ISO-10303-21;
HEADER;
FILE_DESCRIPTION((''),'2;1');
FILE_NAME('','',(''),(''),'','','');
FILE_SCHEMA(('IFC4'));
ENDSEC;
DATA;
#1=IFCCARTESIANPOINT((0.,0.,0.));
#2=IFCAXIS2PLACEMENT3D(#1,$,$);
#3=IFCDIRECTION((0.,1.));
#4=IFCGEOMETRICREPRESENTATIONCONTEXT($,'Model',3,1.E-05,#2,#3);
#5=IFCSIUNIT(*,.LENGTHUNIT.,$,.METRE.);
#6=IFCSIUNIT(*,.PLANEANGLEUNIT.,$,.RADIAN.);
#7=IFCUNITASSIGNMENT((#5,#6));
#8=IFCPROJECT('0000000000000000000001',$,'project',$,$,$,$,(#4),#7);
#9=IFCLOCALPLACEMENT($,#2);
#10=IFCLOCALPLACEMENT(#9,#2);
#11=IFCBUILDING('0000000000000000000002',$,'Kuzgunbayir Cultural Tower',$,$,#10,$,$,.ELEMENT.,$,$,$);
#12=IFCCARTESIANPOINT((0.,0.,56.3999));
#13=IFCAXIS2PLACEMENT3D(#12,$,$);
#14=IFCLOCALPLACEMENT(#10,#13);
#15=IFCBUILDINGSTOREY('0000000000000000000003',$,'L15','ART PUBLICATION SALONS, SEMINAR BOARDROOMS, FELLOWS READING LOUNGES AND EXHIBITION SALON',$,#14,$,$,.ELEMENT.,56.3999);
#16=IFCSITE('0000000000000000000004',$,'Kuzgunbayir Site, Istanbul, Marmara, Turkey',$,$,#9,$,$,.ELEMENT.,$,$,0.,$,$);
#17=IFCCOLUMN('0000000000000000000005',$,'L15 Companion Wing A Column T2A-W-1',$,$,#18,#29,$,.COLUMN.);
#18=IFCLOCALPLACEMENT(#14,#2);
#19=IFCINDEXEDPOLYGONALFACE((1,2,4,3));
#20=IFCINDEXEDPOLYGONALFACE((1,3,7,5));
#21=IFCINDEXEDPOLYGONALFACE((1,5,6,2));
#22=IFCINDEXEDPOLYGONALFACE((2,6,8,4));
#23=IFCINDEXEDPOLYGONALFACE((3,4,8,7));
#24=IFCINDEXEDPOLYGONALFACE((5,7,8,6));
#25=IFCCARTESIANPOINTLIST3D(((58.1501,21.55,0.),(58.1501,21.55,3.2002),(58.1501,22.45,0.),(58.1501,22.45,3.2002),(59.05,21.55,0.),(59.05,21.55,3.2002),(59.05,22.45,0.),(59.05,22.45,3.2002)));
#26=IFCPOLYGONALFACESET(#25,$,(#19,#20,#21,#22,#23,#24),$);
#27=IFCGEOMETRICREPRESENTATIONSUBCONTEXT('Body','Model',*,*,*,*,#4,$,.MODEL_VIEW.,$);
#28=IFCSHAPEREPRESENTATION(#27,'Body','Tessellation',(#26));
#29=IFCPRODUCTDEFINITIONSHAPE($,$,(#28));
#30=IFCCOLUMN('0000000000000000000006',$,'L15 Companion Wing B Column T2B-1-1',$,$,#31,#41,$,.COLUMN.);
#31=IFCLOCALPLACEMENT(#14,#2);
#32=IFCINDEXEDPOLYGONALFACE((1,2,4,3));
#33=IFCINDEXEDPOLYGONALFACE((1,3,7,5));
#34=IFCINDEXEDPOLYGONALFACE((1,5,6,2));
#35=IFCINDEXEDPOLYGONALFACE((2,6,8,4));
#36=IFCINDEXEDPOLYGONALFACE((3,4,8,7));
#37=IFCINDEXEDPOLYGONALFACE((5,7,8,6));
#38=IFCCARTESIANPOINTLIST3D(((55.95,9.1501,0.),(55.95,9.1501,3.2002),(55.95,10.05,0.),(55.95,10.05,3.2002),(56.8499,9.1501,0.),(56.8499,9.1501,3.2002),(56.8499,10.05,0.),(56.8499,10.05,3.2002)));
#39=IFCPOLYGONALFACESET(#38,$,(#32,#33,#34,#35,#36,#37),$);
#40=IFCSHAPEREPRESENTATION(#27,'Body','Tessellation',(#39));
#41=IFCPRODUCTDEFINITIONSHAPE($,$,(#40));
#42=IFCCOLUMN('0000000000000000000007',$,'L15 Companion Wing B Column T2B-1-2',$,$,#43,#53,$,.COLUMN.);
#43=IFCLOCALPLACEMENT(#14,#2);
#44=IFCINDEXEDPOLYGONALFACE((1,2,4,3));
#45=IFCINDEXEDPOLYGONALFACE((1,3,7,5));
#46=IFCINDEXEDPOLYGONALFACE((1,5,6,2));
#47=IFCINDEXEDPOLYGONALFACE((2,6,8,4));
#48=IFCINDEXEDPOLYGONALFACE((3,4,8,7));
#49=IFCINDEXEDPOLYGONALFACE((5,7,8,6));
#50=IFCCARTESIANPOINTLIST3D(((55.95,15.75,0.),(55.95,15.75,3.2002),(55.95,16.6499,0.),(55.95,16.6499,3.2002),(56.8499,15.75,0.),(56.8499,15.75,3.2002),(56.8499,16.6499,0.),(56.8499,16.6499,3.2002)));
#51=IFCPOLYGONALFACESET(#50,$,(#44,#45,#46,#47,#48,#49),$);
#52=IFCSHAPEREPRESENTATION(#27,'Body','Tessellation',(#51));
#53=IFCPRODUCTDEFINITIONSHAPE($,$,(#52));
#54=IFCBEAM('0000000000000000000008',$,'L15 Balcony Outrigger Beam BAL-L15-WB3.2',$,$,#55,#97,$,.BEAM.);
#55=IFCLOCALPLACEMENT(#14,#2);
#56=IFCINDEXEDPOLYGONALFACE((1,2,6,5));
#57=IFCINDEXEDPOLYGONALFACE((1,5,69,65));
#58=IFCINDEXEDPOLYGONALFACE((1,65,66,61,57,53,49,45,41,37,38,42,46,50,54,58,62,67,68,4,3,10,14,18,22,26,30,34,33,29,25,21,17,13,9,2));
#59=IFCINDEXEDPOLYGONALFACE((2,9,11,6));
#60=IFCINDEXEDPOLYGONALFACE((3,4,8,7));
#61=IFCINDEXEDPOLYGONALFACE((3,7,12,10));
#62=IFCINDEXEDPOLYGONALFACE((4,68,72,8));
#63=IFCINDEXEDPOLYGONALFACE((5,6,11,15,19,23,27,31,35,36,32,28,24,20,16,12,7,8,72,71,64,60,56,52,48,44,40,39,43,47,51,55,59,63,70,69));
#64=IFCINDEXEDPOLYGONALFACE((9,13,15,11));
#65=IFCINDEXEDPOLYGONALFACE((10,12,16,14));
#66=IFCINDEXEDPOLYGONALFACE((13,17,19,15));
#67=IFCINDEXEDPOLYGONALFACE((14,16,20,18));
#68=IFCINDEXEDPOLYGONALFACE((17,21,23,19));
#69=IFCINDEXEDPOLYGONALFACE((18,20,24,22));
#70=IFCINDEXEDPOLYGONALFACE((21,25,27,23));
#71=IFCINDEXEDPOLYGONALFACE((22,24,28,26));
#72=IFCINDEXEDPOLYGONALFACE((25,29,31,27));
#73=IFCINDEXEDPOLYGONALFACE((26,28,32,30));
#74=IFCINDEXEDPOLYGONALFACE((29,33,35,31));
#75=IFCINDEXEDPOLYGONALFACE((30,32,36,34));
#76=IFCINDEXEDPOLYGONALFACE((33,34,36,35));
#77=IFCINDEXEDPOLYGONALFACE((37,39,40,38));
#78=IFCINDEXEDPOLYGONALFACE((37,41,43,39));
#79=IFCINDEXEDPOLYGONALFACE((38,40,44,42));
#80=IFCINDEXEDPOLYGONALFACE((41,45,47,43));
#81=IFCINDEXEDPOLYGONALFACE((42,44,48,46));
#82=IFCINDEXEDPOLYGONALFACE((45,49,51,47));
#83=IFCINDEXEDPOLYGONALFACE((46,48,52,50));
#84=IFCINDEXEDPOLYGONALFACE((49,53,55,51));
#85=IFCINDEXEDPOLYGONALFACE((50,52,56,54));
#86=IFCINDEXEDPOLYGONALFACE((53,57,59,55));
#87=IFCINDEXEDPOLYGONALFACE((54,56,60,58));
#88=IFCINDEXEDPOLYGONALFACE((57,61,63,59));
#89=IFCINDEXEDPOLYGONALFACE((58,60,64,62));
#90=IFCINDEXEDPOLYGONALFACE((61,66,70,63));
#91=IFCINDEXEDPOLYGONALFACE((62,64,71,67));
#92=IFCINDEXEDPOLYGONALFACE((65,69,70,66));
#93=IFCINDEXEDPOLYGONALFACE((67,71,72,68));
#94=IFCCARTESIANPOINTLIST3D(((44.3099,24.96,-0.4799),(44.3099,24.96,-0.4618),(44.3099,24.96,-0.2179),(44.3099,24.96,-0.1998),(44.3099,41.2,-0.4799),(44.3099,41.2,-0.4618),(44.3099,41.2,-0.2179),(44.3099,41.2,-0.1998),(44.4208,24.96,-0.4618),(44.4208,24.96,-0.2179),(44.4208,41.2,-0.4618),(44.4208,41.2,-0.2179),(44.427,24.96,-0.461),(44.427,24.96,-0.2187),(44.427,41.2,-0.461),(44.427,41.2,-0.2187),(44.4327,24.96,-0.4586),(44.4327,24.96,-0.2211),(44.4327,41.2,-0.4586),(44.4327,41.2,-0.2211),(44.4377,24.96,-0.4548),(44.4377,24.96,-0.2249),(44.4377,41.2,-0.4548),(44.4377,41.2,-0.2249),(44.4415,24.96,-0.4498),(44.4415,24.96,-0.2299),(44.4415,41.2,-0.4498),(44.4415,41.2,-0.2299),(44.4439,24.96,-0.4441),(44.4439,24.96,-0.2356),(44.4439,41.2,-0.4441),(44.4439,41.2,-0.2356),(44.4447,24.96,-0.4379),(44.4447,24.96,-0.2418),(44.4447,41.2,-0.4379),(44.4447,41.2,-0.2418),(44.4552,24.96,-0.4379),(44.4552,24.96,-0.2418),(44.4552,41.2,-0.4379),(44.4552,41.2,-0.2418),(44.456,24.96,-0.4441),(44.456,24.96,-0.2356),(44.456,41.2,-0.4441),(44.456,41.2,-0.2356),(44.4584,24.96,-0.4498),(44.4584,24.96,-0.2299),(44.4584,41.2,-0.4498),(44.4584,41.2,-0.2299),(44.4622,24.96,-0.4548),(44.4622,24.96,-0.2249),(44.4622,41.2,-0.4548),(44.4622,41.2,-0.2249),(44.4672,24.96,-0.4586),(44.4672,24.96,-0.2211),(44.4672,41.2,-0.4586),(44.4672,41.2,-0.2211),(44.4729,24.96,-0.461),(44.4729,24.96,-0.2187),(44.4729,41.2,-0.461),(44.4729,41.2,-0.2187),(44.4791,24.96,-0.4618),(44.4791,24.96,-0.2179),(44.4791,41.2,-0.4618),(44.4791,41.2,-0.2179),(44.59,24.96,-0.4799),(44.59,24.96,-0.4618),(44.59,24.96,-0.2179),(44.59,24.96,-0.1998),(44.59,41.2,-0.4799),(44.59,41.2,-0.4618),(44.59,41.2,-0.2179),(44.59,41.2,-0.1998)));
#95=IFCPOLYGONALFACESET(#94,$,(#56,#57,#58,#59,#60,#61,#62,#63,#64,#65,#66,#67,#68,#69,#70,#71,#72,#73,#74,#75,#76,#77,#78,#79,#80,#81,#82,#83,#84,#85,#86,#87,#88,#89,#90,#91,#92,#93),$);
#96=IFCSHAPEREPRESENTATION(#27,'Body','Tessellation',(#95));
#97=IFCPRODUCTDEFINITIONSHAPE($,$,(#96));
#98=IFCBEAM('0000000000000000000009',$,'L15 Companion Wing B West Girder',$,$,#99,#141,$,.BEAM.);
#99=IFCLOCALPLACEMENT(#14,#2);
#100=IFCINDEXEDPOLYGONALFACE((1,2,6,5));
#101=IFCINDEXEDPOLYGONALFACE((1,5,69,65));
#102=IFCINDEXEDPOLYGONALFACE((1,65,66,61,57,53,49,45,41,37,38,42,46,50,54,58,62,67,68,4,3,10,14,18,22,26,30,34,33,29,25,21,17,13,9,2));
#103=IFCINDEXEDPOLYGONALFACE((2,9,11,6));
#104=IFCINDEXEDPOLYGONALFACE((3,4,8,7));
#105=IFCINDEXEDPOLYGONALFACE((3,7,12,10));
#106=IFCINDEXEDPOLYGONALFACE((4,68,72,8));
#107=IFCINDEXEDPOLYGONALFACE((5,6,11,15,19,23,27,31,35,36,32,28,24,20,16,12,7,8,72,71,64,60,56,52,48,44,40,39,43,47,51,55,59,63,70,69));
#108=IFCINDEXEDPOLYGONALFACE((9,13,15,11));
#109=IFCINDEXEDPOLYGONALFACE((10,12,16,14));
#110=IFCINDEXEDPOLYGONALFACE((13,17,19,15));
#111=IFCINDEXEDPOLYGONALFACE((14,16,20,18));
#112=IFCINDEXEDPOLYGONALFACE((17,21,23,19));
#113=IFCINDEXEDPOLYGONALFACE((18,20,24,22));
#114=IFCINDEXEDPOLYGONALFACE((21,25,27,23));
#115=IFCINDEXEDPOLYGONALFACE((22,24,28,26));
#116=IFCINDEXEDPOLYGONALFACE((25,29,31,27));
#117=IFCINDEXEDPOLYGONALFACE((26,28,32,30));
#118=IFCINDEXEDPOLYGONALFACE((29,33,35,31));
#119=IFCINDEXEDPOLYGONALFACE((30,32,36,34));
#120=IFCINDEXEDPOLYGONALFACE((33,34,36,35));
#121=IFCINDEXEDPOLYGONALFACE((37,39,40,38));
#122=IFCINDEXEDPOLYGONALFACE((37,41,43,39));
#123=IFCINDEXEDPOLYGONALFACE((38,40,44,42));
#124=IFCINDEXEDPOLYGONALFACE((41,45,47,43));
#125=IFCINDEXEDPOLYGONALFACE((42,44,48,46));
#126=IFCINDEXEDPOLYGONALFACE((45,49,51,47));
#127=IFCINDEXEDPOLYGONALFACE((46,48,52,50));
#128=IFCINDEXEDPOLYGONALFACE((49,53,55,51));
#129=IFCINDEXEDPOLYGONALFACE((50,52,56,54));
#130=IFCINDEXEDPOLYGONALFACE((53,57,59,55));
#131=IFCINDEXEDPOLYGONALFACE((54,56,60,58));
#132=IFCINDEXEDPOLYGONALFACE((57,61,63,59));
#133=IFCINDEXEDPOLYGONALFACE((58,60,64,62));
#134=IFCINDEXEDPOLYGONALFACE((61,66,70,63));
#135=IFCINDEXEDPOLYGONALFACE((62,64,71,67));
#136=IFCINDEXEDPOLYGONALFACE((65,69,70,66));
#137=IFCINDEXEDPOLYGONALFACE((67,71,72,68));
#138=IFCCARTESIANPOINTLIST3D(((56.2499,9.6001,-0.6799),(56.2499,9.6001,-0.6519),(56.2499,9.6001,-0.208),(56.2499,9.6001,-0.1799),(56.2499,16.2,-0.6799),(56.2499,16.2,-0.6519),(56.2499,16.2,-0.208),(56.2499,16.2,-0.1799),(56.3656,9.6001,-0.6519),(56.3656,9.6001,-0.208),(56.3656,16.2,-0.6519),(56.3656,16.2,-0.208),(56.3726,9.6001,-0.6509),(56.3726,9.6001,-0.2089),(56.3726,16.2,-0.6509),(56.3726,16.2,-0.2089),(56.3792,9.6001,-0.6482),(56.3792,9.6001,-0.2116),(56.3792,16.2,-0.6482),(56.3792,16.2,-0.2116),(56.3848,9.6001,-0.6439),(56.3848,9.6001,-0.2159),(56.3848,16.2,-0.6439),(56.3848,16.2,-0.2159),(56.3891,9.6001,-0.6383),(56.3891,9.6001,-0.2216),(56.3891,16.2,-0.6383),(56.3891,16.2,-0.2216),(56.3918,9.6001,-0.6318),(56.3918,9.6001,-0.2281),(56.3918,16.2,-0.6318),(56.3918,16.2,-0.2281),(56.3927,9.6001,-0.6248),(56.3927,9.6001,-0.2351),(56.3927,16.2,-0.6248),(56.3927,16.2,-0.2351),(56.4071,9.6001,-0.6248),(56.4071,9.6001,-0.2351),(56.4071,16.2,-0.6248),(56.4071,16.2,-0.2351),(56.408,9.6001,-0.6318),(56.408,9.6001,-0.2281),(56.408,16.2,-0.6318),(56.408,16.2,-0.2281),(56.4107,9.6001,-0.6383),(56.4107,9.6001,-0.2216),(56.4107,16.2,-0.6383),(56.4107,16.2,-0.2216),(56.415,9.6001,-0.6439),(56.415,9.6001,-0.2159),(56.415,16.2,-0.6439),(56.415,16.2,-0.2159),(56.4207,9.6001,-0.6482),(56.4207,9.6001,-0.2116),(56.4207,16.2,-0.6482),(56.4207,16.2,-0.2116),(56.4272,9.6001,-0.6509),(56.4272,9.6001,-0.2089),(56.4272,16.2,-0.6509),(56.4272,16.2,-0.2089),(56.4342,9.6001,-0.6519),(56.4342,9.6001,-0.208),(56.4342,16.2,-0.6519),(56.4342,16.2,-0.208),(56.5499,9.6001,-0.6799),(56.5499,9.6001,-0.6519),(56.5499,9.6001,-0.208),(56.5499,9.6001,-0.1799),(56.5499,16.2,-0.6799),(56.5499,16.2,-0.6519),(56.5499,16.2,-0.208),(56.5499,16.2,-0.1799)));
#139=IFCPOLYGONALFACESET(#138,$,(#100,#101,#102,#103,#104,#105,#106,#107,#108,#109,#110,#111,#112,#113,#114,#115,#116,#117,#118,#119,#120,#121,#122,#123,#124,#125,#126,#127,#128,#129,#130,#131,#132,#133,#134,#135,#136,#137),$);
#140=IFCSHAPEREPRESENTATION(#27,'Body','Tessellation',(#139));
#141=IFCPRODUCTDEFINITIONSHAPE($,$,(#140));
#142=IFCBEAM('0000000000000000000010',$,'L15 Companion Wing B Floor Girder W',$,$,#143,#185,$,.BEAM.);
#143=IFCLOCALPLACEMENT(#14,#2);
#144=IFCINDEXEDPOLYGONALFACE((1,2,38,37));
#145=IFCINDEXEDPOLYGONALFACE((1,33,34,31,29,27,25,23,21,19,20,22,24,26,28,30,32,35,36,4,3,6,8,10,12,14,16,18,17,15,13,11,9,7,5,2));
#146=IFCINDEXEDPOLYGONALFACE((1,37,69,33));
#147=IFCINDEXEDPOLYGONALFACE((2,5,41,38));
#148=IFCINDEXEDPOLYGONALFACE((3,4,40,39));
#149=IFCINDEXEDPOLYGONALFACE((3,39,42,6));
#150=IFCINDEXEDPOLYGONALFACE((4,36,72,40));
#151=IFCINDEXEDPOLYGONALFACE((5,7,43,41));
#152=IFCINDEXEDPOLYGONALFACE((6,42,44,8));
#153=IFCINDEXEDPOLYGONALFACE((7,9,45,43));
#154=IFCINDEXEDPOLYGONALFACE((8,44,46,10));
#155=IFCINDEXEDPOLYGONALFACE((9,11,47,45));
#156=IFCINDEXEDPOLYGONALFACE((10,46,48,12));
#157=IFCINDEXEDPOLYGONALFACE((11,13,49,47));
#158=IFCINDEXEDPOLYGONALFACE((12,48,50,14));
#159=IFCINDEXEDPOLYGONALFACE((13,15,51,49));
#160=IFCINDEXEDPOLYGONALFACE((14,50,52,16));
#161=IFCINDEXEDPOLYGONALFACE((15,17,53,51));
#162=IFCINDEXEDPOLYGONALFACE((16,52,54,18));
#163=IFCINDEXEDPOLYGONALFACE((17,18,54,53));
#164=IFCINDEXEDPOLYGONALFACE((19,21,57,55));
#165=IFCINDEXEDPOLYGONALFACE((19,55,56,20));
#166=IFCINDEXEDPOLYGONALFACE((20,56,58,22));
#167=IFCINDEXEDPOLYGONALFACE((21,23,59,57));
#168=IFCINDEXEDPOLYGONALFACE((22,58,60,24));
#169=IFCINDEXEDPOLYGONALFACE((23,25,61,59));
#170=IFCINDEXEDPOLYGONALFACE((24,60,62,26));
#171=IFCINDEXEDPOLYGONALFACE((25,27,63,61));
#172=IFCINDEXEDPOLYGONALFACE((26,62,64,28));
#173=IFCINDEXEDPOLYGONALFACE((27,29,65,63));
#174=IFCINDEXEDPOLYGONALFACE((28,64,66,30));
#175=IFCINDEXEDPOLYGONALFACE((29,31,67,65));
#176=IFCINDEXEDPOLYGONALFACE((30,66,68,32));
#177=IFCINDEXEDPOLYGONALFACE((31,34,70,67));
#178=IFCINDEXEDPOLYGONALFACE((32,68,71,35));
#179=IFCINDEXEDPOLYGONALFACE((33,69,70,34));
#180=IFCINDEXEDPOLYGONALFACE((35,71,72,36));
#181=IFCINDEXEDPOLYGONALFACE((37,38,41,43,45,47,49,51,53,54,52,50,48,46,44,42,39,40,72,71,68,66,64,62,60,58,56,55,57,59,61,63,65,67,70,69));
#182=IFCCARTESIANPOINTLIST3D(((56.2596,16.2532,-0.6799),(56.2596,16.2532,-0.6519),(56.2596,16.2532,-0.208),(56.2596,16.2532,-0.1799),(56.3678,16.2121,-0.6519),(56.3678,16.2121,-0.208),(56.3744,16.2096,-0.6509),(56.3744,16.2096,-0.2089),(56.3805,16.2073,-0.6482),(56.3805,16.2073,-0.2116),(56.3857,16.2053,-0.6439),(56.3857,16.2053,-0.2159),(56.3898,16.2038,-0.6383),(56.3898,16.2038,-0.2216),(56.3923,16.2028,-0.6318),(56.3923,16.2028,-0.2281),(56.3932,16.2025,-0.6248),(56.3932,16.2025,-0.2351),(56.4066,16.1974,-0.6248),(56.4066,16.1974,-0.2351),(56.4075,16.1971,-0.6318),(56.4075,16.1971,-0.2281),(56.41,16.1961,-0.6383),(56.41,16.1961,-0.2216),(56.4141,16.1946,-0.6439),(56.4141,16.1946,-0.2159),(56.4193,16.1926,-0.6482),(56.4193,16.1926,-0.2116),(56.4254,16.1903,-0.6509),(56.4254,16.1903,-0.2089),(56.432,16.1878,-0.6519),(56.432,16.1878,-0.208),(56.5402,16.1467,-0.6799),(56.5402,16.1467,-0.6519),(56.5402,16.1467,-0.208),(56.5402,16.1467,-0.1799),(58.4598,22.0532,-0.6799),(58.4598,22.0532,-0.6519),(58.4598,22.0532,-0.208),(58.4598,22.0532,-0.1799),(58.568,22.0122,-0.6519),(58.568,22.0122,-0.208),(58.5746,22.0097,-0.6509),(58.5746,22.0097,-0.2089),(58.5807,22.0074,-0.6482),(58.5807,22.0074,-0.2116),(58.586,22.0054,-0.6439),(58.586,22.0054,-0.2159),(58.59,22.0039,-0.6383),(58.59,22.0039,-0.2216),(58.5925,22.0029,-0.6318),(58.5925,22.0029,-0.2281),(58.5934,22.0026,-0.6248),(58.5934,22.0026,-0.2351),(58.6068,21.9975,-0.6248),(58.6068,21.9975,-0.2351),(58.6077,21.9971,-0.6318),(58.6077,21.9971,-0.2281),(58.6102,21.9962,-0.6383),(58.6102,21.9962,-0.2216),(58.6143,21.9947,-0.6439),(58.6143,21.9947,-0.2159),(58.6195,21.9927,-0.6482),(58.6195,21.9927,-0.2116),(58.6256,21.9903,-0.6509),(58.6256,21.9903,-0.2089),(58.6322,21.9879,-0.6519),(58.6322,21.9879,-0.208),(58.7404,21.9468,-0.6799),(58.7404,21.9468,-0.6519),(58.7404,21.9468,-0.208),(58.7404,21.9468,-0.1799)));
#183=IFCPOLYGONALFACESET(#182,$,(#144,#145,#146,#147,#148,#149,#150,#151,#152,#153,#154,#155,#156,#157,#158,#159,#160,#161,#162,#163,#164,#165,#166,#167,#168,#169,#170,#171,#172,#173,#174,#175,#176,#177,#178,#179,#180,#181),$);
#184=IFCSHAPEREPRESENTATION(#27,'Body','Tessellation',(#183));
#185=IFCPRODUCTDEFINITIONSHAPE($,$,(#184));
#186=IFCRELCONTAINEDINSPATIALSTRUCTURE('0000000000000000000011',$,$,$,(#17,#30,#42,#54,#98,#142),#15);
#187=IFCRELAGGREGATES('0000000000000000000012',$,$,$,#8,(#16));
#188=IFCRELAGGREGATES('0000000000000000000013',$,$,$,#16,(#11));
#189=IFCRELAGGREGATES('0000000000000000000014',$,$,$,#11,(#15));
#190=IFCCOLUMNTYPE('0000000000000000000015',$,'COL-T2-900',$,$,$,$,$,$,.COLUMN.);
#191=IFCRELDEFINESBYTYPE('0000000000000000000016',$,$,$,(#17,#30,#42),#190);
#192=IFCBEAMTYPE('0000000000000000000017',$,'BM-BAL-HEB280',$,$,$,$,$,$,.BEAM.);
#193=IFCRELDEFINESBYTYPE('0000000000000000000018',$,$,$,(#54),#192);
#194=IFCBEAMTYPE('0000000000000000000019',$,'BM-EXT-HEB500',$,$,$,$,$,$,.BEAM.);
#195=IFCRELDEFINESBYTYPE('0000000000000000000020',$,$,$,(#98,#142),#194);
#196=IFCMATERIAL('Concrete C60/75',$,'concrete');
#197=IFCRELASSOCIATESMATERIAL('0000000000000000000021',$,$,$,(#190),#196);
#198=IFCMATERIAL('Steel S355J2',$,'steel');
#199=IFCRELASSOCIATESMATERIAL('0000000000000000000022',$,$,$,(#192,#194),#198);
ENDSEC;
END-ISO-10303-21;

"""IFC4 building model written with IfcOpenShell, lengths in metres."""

from ifc_helpers import new_model, si_unit, direction, frame, origin, origin_2d, place, context, subcontext, project, spatial, rectangle, i_section, extrude, material, material_profile, profile_set, type_object, element, save


model = new_model("IFC4")

# Units and contexts
model_context = context("Model", 3, precision=1e-05, world=origin(), true_north=direction((0.0, 1.0)))
body_context = subcontext(model_context, "Body", "Model", "MODEL_VIEW")
ifc_project = project(units=[si_unit("LENGTHUNIT", "METRE"), si_unit("PLANEANGLEUNIT", "RADIAN")], contexts=[model_context])

# Site, building, storey
site_placement = place(None, origin())
site = spatial("IfcSite", under=ifc_project, at=site_placement, Name="Kuzgunbayir Site, Istanbul, Marmara, Turkey", CompositionType="ELEMENT", RefElevation=0.0)
building_placement = place(site_placement, origin())
building = spatial("IfcBuilding", under=site, at=building_placement, Name="Kuzgunbayir Cultural Tower", CompositionType="ELEMENT")
storey_placement = place(building_placement, frame((0.0, 0.0, 56.3999)))
storey = spatial("IfcBuildingStorey", under=building, at=storey_placement, Name="L15", Description="ART PUBLICATION SALONS, SEMINAR BOARDROOMS, FELLOWS READING LOUNGES AND EXHIBITION SALON", CompositionType="ELEMENT", Elevation=56.3999)

# Columns
ifc_material_1 = material(Name="Concrete C60/75", Category="concrete")
ifc_material_profile_1 = material_profile(ifc_material_1, rectangle(XDim=0.8999, YDim=0.8999, at=origin_2d()), Name="RC 900x900")
ifc_profile_set_1 = profile_set([ifc_material_profile_1], Name="Concrete C60/75")
column_type = type_object("IfcColumnType", Name="COL-T2-900", PredefinedType="COLUMN", material=ifc_profile_set_1)
for number, where, z_axis, x_axis, name in (
    (1, (58.6001, 22.0, 0.0), (0.0, 0.0, 1.0), (1.0, 0.0, 0.0), "L15 Companion Wing A Column T2A-W-1"),
    (2, (56.3999, 9.6001, 0.0), (0.0, 0.0, 1.0), (1.0, 0.0, 0.0), "L15 Companion Wing B Column T2B-1-1"),
    (3, (56.3999, 16.2, 0.0), (0.0, 0.0, 1.0), (1.0, 0.0, 0.0), "L15 Companion Wing B Column T2B-1-2"),
):
    element("IfcColumn", number, at=place(storey_placement, frame(where, z_axis=z_axis, x_axis=x_axis)), inside=storey, type_object=column_type, Name=name, PredefinedType="COLUMN", context=body_context, shape_type="SweptSolid", body=[
        extrude(rectangle(XDim=0.8999, YDim=0.8999, at=origin_2d()), origin(), (0.0, 0.0, 1.0), 3.2002),
    ])

# Beams
ifc_material_2 = material(Name="Steel S355J2", Category="steel")
ifc_material_profile_2 = material_profile(ifc_material_2, i_section(OverallWidth=0.28, OverallDepth=0.28, WebThickness=0.0105, FlangeThickness=0.0181, FilletRadius=0.0239, at=origin_2d()), Name="HEB 280")
ifc_profile_set_2 = profile_set([ifc_material_profile_2], Name="Steel S355J2")
beam_type_1 = type_object("IfcBeamType", Name="BM-BAL-HEB280", PredefinedType="BEAM", material=ifc_profile_set_2)
beam_1_placement = place(storey_placement, frame((44.45, 24.96, -0.3398), z_axis=(0.0, 1.0, 0.0), x_axis=(-1.0, 0.0, 0.0)))
element("IfcBeam", 4, at=beam_1_placement, inside=storey, type_object=beam_type_1, Name="L15 Balcony Outrigger Beam BAL-L15-WB3.2", PredefinedType="BEAM", context=body_context, shape_type="SweptSolid", body=[
    extrude(i_section(OverallWidth=0.28, OverallDepth=0.28, WebThickness=0.0105, FlangeThickness=0.0181, FilletRadius=0.0239, at=origin_2d()), origin(), (0.0, 0.0, 1.0), 16.24),
])
ifc_material_profile_3 = material_profile(ifc_material_2, i_section(OverallWidth=0.3, OverallDepth=0.5, WebThickness=0.0144, FlangeThickness=0.0281, FilletRadius=0.0271, at=origin_2d()), Name="HEB 500")
ifc_profile_set_3 = profile_set([ifc_material_profile_3], Name="Steel S355J2")
beam_type_2 = type_object("IfcBeamType", Name="BM-EXT-HEB500", PredefinedType="BEAM", material=ifc_profile_set_3)
beam_2_placement = place(storey_placement, frame((56.3999, 9.6001, -0.4299), z_axis=(0.0, 1.0, 0.0), x_axis=(-1.0, 0.0, 0.0)))
element("IfcBeam", 5, at=beam_2_placement, inside=storey, type_object=beam_type_2, Name="L15 Companion Wing B West Girder", PredefinedType="BEAM", context=body_context, shape_type="SweptSolid", body=[
    extrude(i_section(OverallWidth=0.3, OverallDepth=0.5, WebThickness=0.0144, FlangeThickness=0.0281, FilletRadius=0.0271, at=origin_2d()), origin(), (0.0, 0.0, 1.0), 6.5999),
])
beam_3_placement = place(storey_placement, frame((56.3999, 16.2, -0.4299), z_axis=(0.354679, 0.934988, 0.0), x_axis=(-0.934988, 0.354679, 0.0)))
element("IfcBeam", 6, at=beam_3_placement, inside=storey, type_object=beam_type_2, Name="L15 Companion Wing B Floor Girder W", PredefinedType="BEAM", context=body_context, shape_type="SweptSolid", body=[
    extrude(i_section(OverallWidth=0.3, OverallDepth=0.5, WebThickness=0.0144, FlangeThickness=0.0281, FilletRadius=0.0271, at=origin_2d()), origin(), (0.0, 0.0, 1.0), 6.2034),
])

save(model, "model.ifc")
